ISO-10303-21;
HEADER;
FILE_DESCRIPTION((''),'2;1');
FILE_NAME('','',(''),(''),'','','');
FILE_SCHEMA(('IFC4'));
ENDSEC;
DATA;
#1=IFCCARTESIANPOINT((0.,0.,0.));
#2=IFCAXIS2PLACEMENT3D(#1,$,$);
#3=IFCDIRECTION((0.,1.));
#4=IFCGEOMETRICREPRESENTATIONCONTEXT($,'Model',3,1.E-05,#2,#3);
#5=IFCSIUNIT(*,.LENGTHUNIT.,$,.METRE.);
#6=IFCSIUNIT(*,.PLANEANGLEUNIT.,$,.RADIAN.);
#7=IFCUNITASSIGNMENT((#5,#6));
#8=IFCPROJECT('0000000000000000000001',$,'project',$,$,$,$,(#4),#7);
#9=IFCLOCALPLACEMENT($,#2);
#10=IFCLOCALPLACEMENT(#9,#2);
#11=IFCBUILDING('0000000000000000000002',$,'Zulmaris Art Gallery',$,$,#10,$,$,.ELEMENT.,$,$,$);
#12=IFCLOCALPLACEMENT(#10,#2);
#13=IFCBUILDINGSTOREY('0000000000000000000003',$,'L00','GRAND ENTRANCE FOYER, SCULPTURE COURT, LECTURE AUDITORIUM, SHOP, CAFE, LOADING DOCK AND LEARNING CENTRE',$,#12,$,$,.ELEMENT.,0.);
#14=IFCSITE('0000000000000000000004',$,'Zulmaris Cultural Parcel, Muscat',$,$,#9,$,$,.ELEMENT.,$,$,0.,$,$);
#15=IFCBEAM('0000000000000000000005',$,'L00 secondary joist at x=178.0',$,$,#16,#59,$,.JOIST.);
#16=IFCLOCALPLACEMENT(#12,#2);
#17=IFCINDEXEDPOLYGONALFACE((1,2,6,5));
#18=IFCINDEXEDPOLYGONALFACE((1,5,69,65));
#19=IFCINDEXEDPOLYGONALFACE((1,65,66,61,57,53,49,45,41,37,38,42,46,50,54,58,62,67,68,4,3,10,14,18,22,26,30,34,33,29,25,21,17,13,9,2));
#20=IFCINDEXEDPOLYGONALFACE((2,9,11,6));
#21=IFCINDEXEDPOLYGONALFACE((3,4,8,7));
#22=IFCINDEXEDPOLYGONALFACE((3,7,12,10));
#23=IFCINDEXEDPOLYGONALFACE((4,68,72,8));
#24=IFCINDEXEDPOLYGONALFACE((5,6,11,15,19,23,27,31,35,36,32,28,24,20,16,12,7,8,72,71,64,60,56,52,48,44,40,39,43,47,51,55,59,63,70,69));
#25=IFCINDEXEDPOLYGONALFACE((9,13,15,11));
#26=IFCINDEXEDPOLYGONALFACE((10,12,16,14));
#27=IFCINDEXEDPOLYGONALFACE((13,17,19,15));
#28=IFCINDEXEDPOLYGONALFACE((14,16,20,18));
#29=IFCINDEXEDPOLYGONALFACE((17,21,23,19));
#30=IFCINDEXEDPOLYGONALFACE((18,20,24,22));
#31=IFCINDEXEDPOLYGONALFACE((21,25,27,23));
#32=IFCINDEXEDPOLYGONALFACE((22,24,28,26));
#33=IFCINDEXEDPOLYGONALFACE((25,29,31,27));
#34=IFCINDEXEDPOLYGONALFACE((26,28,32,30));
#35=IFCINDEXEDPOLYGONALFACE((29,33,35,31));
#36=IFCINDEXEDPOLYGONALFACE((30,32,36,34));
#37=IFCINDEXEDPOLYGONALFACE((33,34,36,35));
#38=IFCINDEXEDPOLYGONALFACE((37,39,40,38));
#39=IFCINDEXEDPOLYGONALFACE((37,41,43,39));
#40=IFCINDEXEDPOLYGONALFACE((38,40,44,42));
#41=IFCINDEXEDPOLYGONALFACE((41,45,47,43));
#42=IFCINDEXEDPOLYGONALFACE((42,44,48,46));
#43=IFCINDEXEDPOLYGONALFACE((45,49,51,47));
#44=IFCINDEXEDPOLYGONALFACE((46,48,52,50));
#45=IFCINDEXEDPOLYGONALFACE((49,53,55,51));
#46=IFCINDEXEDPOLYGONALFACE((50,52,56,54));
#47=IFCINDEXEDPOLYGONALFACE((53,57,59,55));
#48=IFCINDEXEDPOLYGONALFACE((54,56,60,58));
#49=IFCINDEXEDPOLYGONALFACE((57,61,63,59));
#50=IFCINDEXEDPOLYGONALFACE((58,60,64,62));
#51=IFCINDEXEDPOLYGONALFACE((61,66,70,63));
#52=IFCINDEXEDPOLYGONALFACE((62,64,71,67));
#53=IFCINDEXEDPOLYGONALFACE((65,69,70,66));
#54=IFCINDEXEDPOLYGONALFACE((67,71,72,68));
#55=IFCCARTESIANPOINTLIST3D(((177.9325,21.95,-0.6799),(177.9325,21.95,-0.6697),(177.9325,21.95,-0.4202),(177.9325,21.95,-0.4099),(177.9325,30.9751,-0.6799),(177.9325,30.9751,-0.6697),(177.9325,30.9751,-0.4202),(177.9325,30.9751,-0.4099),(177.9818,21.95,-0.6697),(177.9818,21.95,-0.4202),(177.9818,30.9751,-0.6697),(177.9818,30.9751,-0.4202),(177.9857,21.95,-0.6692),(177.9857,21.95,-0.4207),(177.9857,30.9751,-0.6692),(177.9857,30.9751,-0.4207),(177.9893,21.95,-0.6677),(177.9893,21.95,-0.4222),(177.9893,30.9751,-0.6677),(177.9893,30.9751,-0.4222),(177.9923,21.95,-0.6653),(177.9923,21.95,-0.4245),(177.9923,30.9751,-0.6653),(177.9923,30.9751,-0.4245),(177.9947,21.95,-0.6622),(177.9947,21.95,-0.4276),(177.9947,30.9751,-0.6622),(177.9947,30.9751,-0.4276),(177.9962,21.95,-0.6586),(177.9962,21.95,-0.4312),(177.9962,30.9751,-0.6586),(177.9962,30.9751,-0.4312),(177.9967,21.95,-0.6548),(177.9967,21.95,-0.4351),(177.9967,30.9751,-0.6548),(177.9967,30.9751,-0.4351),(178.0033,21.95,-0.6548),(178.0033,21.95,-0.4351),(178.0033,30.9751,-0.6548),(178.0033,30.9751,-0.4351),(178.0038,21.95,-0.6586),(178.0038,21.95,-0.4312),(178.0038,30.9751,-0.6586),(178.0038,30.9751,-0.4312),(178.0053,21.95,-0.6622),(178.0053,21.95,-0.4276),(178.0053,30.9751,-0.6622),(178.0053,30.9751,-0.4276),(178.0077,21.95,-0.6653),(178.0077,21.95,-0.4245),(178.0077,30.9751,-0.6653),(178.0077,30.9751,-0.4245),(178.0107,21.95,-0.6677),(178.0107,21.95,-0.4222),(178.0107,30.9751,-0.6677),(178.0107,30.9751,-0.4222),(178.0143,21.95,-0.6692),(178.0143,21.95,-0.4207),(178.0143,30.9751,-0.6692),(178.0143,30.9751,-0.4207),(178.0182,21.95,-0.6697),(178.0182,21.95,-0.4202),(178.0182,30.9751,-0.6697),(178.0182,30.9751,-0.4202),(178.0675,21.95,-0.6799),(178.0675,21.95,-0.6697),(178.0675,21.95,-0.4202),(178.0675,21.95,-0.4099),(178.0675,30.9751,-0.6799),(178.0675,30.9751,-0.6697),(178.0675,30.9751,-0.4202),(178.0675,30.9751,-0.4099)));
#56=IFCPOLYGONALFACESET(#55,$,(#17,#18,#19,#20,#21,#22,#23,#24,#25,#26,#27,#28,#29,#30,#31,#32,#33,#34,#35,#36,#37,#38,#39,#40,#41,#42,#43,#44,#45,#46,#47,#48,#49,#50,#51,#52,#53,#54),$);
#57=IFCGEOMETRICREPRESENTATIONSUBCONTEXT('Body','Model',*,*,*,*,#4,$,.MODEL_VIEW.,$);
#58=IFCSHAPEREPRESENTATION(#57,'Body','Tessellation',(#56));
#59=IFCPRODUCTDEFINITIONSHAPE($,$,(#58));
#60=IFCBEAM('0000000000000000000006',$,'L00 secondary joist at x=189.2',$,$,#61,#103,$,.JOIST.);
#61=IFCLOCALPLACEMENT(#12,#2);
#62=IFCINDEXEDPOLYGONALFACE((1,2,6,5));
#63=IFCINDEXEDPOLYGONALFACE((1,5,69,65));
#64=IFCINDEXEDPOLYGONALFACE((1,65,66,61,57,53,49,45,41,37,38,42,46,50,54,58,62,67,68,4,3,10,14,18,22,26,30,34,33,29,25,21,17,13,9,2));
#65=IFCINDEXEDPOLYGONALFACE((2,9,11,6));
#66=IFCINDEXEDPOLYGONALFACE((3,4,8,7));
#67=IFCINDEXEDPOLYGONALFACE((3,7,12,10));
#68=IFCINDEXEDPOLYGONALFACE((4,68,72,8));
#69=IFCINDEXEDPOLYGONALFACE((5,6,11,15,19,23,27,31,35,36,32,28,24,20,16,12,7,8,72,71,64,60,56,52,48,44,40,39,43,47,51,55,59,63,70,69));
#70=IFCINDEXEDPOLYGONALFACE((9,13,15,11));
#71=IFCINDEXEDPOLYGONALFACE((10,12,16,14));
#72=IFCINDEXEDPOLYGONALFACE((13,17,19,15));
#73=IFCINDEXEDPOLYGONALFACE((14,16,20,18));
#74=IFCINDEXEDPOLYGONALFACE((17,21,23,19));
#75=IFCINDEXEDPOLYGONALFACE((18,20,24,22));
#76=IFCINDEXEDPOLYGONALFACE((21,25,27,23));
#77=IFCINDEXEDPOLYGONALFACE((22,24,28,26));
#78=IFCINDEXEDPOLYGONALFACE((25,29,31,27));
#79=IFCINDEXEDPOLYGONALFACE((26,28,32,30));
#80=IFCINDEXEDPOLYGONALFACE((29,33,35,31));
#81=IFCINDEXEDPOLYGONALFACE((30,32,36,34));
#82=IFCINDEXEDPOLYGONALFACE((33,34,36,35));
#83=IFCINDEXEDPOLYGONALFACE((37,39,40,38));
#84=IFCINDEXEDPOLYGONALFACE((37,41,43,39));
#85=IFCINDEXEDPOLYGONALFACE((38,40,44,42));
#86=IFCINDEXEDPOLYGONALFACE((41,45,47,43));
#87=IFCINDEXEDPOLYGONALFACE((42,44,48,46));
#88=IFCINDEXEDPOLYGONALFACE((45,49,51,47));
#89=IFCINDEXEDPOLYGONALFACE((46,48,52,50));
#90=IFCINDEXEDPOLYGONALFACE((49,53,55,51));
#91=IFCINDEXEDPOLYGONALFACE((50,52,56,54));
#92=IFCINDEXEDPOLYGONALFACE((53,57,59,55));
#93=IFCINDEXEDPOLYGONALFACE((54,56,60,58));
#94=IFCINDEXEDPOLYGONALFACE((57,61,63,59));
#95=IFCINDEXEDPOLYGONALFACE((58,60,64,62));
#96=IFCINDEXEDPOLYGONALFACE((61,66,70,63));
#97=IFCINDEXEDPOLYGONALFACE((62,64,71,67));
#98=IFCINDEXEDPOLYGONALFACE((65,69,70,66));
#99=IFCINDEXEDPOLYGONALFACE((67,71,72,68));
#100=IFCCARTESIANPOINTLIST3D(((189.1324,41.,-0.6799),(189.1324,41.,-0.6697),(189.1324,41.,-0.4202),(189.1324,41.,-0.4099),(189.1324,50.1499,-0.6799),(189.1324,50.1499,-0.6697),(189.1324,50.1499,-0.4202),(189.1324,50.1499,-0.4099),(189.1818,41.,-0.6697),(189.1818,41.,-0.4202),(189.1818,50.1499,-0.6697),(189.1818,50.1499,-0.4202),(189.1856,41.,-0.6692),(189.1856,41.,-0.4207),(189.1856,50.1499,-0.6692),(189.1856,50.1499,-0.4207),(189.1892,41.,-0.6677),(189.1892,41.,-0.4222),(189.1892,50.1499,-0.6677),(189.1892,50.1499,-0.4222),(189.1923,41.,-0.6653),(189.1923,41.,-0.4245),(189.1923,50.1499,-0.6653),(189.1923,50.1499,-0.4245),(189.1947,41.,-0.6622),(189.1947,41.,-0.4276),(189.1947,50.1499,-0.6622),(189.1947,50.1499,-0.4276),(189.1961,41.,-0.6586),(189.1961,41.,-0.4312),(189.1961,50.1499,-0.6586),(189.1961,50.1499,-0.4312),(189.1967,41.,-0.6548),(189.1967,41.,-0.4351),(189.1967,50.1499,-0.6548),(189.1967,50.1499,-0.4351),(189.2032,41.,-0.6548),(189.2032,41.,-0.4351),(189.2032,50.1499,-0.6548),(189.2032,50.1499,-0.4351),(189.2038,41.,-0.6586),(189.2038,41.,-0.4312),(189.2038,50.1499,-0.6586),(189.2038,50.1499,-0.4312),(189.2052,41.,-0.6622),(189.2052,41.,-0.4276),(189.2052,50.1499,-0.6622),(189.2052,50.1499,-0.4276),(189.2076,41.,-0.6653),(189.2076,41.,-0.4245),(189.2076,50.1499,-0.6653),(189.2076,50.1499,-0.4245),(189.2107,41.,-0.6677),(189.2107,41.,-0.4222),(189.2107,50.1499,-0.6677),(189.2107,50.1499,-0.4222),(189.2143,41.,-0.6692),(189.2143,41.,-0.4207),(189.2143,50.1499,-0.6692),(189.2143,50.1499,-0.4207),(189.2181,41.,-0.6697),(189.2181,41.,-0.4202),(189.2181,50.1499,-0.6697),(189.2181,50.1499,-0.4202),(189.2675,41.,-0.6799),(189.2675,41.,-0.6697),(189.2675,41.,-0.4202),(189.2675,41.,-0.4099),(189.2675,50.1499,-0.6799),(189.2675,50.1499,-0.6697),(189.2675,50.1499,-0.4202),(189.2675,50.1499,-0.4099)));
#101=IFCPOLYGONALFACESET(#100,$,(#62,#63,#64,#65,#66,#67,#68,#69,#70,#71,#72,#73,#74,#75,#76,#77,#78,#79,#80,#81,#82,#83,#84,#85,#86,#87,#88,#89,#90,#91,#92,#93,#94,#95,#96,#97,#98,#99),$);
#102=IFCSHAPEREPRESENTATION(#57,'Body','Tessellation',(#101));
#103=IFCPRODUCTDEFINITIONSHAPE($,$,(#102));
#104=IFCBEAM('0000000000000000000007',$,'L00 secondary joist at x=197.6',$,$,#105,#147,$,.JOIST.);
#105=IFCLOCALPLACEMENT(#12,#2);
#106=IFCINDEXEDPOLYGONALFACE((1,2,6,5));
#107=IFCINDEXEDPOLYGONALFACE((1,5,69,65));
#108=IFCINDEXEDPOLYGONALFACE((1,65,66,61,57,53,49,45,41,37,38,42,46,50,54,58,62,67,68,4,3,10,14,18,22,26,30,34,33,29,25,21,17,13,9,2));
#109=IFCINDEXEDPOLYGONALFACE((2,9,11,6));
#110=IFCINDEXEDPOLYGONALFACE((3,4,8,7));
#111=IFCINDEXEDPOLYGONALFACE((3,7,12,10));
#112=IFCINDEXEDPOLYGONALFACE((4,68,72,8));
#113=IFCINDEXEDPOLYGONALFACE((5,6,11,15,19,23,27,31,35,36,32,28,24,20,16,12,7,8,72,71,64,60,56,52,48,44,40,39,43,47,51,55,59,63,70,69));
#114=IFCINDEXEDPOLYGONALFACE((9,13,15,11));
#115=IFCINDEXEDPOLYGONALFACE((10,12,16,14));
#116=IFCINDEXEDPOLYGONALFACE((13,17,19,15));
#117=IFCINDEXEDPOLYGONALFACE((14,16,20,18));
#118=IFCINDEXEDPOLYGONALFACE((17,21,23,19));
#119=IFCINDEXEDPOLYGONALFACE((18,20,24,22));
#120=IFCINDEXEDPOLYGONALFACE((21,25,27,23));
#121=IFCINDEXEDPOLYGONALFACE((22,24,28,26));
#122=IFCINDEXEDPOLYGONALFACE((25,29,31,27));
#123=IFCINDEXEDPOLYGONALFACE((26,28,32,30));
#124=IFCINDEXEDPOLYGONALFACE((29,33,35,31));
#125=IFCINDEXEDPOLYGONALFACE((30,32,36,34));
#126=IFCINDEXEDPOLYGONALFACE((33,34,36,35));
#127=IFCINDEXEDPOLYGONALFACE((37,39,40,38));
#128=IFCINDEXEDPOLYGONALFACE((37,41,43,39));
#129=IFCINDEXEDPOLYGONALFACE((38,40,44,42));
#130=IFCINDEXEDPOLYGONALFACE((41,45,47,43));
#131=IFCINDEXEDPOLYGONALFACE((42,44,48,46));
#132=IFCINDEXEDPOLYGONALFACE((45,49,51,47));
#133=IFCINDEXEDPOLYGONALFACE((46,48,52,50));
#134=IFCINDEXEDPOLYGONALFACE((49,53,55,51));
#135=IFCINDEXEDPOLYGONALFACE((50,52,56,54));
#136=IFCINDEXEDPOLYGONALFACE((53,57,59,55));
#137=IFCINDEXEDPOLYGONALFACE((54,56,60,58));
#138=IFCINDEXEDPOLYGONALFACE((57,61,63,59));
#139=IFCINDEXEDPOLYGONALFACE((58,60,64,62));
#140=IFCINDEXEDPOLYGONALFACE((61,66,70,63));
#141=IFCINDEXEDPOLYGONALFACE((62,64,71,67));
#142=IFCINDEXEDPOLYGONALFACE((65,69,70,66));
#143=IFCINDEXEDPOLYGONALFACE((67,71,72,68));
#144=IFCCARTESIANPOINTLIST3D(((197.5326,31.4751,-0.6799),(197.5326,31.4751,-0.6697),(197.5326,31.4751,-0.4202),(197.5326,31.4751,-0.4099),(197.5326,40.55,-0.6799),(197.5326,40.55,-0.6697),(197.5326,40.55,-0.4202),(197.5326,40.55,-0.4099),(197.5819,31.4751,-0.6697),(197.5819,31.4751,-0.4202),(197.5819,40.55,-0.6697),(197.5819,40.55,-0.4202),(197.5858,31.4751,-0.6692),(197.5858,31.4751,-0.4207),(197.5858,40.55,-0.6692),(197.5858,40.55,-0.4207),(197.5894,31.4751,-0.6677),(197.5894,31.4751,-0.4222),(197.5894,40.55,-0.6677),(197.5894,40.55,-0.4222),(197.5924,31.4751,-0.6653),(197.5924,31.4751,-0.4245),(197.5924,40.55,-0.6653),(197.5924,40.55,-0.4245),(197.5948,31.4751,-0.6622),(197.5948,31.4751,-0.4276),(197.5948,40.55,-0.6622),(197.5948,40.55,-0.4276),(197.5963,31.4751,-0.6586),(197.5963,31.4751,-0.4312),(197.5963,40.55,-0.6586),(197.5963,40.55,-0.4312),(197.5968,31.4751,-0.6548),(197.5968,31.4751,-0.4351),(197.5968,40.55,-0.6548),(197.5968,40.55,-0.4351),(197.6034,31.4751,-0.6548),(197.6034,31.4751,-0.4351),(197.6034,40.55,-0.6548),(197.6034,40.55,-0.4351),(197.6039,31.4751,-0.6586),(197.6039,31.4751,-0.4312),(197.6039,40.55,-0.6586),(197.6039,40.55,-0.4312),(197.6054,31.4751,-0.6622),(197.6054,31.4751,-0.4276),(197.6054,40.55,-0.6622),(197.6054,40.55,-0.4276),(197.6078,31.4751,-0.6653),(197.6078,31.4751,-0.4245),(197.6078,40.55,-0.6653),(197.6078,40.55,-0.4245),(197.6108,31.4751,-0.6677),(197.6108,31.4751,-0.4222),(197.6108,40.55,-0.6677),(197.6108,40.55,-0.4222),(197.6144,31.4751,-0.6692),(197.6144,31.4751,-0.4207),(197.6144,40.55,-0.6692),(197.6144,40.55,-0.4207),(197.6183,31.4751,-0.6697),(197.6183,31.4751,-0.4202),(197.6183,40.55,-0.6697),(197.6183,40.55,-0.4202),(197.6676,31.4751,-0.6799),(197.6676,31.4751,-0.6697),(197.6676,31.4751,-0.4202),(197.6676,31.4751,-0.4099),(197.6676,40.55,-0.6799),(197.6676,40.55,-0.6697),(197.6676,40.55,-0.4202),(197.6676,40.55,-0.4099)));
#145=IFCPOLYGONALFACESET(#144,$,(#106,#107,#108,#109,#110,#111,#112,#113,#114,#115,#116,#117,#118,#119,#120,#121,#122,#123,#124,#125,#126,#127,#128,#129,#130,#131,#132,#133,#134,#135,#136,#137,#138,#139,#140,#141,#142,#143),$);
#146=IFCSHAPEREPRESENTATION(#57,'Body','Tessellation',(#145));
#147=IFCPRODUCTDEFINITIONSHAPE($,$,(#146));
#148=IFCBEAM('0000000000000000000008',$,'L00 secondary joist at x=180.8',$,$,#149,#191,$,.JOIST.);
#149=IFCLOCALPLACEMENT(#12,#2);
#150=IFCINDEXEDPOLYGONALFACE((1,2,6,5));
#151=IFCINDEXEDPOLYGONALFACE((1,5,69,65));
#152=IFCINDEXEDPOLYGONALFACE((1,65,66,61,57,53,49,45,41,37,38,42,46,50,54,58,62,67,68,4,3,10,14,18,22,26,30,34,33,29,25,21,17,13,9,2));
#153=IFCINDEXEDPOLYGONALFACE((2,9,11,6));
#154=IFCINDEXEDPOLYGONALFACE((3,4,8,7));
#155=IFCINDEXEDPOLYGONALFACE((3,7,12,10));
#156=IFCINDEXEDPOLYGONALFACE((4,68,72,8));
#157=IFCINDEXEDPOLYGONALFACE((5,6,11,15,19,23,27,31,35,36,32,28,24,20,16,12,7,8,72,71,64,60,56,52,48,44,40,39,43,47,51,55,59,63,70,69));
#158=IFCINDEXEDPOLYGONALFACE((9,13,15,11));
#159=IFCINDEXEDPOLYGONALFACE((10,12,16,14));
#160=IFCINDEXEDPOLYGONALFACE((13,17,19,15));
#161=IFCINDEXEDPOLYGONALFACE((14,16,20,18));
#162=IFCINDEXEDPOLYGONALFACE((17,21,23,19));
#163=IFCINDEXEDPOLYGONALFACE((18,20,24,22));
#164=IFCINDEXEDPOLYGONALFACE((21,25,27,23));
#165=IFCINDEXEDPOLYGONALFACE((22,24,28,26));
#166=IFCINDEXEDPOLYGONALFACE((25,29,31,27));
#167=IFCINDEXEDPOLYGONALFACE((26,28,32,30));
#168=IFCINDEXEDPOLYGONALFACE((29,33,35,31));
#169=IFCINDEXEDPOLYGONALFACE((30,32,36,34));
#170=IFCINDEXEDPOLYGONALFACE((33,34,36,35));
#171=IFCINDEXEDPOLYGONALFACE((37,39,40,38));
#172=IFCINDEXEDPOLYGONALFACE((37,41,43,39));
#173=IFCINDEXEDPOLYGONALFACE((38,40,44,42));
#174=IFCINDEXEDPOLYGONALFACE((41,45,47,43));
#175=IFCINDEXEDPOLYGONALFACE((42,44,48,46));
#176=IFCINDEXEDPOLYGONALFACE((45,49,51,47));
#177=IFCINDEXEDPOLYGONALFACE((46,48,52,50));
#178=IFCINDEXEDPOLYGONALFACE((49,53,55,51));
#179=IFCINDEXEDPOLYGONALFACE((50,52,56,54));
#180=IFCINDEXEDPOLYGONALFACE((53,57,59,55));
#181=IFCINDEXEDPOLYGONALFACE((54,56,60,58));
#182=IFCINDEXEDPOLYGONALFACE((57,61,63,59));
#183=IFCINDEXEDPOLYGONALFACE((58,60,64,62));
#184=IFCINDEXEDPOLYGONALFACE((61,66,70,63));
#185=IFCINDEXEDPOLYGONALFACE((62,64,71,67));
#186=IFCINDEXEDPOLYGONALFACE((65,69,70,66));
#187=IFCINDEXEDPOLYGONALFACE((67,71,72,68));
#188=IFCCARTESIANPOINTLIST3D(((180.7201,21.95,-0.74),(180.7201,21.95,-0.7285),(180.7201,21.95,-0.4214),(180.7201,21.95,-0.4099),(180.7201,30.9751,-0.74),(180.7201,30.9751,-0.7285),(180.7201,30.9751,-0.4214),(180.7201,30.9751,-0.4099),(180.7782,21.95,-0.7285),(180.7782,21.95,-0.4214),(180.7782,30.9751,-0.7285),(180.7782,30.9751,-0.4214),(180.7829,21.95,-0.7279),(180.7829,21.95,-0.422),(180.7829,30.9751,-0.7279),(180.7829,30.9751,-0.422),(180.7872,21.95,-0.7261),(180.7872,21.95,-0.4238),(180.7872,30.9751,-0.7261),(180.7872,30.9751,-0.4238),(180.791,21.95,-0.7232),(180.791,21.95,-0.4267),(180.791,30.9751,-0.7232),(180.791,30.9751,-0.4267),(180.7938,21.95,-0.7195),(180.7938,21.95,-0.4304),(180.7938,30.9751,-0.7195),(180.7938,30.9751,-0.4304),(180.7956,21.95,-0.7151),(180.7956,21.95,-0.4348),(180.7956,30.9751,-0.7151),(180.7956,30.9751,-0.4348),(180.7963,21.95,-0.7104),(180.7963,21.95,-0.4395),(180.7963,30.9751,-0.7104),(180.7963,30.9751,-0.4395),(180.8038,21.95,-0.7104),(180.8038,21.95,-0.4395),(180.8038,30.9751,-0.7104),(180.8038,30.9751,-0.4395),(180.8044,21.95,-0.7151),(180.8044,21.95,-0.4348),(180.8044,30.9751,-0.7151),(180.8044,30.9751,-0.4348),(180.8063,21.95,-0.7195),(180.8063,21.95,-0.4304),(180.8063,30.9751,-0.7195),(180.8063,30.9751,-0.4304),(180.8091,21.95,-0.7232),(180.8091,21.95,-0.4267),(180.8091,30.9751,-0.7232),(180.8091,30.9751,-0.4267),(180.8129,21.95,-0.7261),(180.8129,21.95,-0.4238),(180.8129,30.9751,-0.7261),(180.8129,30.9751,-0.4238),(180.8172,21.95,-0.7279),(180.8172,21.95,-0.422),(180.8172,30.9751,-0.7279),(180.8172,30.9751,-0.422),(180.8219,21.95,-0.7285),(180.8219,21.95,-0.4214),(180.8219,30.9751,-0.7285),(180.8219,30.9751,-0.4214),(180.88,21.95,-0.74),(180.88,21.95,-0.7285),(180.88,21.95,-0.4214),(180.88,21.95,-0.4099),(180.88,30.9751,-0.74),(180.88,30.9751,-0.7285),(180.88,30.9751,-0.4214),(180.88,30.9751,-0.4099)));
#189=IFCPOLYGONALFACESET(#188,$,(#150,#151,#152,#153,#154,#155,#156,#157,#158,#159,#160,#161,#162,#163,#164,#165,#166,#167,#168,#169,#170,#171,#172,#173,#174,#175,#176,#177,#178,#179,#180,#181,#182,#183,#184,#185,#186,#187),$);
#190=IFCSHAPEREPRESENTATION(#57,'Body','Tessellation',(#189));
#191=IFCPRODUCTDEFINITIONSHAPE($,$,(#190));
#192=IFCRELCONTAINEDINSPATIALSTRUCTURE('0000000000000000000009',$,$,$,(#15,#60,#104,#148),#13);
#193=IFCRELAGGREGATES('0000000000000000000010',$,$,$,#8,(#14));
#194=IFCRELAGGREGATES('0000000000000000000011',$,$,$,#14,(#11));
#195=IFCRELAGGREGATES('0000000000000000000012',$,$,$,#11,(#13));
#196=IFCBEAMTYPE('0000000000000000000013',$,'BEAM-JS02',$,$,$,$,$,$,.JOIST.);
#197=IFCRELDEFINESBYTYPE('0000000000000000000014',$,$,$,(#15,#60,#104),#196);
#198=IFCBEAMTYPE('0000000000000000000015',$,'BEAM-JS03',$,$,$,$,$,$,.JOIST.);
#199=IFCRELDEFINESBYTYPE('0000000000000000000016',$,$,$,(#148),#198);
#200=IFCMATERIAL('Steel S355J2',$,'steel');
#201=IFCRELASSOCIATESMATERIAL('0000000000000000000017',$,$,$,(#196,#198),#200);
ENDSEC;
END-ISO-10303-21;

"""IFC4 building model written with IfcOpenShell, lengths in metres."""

from ifc_helpers import new_model, si_unit, direction, frame, origin, origin_2d, place, context, subcontext, project, spatial, i_section, extrude, material, material_profile, profile_set, type_object, element, save


model = new_model("IFC4")

# Units and contexts
model_context = context("Model", 3, precision=1e-05, world=origin(), true_north=direction((0.0, 1.0)))
body_context = subcontext(model_context, "Body", "Model", "MODEL_VIEW")
ifc_project = project(units=[si_unit("LENGTHUNIT", "METRE"), si_unit("PLANEANGLEUNIT", "RADIAN")], contexts=[model_context])

# Site, building, storey
site_placement = place(None, origin())
site = spatial("IfcSite", under=ifc_project, at=site_placement, Name="Zulmaris Cultural Parcel, Muscat", CompositionType="ELEMENT", RefElevation=0.0)
building_placement = place(site_placement, origin())
building = spatial("IfcBuilding", under=site, at=building_placement, Name="Zulmaris Art Gallery", CompositionType="ELEMENT")
storey_placement = place(building_placement, origin())
storey = spatial("IfcBuildingStorey", under=building, at=storey_placement, Name="L00", Description="GRAND ENTRANCE FOYER, SCULPTURE COURT, LECTURE AUDITORIUM, SHOP, CAFE, LOADING DOCK AND LEARNING CENTRE", CompositionType="ELEMENT", Elevation=0.0)

# Beams
ifc_material_1 = material(Name="Steel S355J2", Category="steel")
ifc_material_profile_1 = material_profile(ifc_material_1, i_section(OverallWidth=0.135, OverallDepth=0.27, WebThickness=0.0066, FlangeThickness=0.0103, FilletRadius=0.0149, at=origin_2d()), Name="IPE 270")
ifc_profile_set_1 = profile_set([ifc_material_profile_1], Name="Steel S355J2")
beam_type_1 = type_object("IfcBeamType", Name="BEAM-JS02", PredefinedType="JOIST", material=ifc_profile_set_1)
beam_1_placement = place(storey_placement, frame((178.0, 21.95, -0.5449), z_axis=(0.0, 1.0, 0.0), x_axis=(-1.0, 0.0, 0.0)))
element("IfcBeam", 1, at=beam_1_placement, inside=storey, type_object=beam_type_1, Name="L00 secondary joist at x=178.0", PredefinedType="JOIST", context=body_context, shape_type="SweptSolid", body=[
    extrude(i_section(OverallWidth=0.135, OverallDepth=0.27, WebThickness=0.0066, FlangeThickness=0.0103, FilletRadius=0.0149, at=origin_2d()), origin(), (0.0, 0.0, 1.0), 9.0251),
])
beam_2_placement = place(storey_placement, frame((189.2, 41.0, -0.5449), z_axis=(0.0, 1.0, 0.0), x_axis=(-1.0, 0.0, 0.0)))
element("IfcBeam", 2, at=beam_2_placement, inside=storey, type_object=beam_type_1, Name="L00 secondary joist at x=189.2", PredefinedType="JOIST", context=body_context, shape_type="SweptSolid", body=[
    extrude(i_section(OverallWidth=0.135, OverallDepth=0.27, WebThickness=0.0066, FlangeThickness=0.0103, FilletRadius=0.0149, at=origin_2d()), origin(), (0.0, 0.0, 1.0), 9.1499),
])
beam_3_placement = place(storey_placement, frame((197.6001, 31.4751, -0.5449), z_axis=(0.0, 1.0, 0.0), x_axis=(-1.0, 0.0, 0.0)))
element("IfcBeam", 3, at=beam_3_placement, inside=storey, type_object=beam_type_1, Name="L00 secondary joist at x=197.6", PredefinedType="JOIST", context=body_context, shape_type="SweptSolid", body=[
    extrude(i_section(OverallWidth=0.135, OverallDepth=0.27, WebThickness=0.0066, FlangeThickness=0.0103, FilletRadius=0.0149, at=origin_2d()), origin(), (0.0, 0.0, 1.0), 9.075),
])
ifc_material_profile_2 = material_profile(ifc_material_1, i_section(OverallWidth=0.1599, OverallDepth=0.3301, WebThickness=0.0076, FlangeThickness=0.0115, FilletRadius=0.0181, at=origin_2d()), Name="IPE 330")
ifc_profile_set_2 = profile_set([ifc_material_profile_2], Name="Steel S355J2")
beam_type_2 = type_object("IfcBeamType", Name="BEAM-JS03", PredefinedType="JOIST", material=ifc_profile_set_2)
beam_4_placement = place(storey_placement, frame((180.8, 21.95, -0.575), z_axis=(0.0, 1.0, 0.0), x_axis=(-1.0, 0.0, 0.0)))
element("IfcBeam", 4, at=beam_4_placement, inside=storey, type_object=beam_type_2, Name="L00 secondary joist at x=180.8", PredefinedType="JOIST", context=body_context, shape_type="SweptSolid", body=[
    extrude(i_section(OverallWidth=0.1599, OverallDepth=0.3301, WebThickness=0.0076, FlangeThickness=0.0115, FilletRadius=0.0181, at=origin_2d()), origin(), (0.0, 0.0, 1.0), 9.0251),
])

save(model, "model.ifc")
